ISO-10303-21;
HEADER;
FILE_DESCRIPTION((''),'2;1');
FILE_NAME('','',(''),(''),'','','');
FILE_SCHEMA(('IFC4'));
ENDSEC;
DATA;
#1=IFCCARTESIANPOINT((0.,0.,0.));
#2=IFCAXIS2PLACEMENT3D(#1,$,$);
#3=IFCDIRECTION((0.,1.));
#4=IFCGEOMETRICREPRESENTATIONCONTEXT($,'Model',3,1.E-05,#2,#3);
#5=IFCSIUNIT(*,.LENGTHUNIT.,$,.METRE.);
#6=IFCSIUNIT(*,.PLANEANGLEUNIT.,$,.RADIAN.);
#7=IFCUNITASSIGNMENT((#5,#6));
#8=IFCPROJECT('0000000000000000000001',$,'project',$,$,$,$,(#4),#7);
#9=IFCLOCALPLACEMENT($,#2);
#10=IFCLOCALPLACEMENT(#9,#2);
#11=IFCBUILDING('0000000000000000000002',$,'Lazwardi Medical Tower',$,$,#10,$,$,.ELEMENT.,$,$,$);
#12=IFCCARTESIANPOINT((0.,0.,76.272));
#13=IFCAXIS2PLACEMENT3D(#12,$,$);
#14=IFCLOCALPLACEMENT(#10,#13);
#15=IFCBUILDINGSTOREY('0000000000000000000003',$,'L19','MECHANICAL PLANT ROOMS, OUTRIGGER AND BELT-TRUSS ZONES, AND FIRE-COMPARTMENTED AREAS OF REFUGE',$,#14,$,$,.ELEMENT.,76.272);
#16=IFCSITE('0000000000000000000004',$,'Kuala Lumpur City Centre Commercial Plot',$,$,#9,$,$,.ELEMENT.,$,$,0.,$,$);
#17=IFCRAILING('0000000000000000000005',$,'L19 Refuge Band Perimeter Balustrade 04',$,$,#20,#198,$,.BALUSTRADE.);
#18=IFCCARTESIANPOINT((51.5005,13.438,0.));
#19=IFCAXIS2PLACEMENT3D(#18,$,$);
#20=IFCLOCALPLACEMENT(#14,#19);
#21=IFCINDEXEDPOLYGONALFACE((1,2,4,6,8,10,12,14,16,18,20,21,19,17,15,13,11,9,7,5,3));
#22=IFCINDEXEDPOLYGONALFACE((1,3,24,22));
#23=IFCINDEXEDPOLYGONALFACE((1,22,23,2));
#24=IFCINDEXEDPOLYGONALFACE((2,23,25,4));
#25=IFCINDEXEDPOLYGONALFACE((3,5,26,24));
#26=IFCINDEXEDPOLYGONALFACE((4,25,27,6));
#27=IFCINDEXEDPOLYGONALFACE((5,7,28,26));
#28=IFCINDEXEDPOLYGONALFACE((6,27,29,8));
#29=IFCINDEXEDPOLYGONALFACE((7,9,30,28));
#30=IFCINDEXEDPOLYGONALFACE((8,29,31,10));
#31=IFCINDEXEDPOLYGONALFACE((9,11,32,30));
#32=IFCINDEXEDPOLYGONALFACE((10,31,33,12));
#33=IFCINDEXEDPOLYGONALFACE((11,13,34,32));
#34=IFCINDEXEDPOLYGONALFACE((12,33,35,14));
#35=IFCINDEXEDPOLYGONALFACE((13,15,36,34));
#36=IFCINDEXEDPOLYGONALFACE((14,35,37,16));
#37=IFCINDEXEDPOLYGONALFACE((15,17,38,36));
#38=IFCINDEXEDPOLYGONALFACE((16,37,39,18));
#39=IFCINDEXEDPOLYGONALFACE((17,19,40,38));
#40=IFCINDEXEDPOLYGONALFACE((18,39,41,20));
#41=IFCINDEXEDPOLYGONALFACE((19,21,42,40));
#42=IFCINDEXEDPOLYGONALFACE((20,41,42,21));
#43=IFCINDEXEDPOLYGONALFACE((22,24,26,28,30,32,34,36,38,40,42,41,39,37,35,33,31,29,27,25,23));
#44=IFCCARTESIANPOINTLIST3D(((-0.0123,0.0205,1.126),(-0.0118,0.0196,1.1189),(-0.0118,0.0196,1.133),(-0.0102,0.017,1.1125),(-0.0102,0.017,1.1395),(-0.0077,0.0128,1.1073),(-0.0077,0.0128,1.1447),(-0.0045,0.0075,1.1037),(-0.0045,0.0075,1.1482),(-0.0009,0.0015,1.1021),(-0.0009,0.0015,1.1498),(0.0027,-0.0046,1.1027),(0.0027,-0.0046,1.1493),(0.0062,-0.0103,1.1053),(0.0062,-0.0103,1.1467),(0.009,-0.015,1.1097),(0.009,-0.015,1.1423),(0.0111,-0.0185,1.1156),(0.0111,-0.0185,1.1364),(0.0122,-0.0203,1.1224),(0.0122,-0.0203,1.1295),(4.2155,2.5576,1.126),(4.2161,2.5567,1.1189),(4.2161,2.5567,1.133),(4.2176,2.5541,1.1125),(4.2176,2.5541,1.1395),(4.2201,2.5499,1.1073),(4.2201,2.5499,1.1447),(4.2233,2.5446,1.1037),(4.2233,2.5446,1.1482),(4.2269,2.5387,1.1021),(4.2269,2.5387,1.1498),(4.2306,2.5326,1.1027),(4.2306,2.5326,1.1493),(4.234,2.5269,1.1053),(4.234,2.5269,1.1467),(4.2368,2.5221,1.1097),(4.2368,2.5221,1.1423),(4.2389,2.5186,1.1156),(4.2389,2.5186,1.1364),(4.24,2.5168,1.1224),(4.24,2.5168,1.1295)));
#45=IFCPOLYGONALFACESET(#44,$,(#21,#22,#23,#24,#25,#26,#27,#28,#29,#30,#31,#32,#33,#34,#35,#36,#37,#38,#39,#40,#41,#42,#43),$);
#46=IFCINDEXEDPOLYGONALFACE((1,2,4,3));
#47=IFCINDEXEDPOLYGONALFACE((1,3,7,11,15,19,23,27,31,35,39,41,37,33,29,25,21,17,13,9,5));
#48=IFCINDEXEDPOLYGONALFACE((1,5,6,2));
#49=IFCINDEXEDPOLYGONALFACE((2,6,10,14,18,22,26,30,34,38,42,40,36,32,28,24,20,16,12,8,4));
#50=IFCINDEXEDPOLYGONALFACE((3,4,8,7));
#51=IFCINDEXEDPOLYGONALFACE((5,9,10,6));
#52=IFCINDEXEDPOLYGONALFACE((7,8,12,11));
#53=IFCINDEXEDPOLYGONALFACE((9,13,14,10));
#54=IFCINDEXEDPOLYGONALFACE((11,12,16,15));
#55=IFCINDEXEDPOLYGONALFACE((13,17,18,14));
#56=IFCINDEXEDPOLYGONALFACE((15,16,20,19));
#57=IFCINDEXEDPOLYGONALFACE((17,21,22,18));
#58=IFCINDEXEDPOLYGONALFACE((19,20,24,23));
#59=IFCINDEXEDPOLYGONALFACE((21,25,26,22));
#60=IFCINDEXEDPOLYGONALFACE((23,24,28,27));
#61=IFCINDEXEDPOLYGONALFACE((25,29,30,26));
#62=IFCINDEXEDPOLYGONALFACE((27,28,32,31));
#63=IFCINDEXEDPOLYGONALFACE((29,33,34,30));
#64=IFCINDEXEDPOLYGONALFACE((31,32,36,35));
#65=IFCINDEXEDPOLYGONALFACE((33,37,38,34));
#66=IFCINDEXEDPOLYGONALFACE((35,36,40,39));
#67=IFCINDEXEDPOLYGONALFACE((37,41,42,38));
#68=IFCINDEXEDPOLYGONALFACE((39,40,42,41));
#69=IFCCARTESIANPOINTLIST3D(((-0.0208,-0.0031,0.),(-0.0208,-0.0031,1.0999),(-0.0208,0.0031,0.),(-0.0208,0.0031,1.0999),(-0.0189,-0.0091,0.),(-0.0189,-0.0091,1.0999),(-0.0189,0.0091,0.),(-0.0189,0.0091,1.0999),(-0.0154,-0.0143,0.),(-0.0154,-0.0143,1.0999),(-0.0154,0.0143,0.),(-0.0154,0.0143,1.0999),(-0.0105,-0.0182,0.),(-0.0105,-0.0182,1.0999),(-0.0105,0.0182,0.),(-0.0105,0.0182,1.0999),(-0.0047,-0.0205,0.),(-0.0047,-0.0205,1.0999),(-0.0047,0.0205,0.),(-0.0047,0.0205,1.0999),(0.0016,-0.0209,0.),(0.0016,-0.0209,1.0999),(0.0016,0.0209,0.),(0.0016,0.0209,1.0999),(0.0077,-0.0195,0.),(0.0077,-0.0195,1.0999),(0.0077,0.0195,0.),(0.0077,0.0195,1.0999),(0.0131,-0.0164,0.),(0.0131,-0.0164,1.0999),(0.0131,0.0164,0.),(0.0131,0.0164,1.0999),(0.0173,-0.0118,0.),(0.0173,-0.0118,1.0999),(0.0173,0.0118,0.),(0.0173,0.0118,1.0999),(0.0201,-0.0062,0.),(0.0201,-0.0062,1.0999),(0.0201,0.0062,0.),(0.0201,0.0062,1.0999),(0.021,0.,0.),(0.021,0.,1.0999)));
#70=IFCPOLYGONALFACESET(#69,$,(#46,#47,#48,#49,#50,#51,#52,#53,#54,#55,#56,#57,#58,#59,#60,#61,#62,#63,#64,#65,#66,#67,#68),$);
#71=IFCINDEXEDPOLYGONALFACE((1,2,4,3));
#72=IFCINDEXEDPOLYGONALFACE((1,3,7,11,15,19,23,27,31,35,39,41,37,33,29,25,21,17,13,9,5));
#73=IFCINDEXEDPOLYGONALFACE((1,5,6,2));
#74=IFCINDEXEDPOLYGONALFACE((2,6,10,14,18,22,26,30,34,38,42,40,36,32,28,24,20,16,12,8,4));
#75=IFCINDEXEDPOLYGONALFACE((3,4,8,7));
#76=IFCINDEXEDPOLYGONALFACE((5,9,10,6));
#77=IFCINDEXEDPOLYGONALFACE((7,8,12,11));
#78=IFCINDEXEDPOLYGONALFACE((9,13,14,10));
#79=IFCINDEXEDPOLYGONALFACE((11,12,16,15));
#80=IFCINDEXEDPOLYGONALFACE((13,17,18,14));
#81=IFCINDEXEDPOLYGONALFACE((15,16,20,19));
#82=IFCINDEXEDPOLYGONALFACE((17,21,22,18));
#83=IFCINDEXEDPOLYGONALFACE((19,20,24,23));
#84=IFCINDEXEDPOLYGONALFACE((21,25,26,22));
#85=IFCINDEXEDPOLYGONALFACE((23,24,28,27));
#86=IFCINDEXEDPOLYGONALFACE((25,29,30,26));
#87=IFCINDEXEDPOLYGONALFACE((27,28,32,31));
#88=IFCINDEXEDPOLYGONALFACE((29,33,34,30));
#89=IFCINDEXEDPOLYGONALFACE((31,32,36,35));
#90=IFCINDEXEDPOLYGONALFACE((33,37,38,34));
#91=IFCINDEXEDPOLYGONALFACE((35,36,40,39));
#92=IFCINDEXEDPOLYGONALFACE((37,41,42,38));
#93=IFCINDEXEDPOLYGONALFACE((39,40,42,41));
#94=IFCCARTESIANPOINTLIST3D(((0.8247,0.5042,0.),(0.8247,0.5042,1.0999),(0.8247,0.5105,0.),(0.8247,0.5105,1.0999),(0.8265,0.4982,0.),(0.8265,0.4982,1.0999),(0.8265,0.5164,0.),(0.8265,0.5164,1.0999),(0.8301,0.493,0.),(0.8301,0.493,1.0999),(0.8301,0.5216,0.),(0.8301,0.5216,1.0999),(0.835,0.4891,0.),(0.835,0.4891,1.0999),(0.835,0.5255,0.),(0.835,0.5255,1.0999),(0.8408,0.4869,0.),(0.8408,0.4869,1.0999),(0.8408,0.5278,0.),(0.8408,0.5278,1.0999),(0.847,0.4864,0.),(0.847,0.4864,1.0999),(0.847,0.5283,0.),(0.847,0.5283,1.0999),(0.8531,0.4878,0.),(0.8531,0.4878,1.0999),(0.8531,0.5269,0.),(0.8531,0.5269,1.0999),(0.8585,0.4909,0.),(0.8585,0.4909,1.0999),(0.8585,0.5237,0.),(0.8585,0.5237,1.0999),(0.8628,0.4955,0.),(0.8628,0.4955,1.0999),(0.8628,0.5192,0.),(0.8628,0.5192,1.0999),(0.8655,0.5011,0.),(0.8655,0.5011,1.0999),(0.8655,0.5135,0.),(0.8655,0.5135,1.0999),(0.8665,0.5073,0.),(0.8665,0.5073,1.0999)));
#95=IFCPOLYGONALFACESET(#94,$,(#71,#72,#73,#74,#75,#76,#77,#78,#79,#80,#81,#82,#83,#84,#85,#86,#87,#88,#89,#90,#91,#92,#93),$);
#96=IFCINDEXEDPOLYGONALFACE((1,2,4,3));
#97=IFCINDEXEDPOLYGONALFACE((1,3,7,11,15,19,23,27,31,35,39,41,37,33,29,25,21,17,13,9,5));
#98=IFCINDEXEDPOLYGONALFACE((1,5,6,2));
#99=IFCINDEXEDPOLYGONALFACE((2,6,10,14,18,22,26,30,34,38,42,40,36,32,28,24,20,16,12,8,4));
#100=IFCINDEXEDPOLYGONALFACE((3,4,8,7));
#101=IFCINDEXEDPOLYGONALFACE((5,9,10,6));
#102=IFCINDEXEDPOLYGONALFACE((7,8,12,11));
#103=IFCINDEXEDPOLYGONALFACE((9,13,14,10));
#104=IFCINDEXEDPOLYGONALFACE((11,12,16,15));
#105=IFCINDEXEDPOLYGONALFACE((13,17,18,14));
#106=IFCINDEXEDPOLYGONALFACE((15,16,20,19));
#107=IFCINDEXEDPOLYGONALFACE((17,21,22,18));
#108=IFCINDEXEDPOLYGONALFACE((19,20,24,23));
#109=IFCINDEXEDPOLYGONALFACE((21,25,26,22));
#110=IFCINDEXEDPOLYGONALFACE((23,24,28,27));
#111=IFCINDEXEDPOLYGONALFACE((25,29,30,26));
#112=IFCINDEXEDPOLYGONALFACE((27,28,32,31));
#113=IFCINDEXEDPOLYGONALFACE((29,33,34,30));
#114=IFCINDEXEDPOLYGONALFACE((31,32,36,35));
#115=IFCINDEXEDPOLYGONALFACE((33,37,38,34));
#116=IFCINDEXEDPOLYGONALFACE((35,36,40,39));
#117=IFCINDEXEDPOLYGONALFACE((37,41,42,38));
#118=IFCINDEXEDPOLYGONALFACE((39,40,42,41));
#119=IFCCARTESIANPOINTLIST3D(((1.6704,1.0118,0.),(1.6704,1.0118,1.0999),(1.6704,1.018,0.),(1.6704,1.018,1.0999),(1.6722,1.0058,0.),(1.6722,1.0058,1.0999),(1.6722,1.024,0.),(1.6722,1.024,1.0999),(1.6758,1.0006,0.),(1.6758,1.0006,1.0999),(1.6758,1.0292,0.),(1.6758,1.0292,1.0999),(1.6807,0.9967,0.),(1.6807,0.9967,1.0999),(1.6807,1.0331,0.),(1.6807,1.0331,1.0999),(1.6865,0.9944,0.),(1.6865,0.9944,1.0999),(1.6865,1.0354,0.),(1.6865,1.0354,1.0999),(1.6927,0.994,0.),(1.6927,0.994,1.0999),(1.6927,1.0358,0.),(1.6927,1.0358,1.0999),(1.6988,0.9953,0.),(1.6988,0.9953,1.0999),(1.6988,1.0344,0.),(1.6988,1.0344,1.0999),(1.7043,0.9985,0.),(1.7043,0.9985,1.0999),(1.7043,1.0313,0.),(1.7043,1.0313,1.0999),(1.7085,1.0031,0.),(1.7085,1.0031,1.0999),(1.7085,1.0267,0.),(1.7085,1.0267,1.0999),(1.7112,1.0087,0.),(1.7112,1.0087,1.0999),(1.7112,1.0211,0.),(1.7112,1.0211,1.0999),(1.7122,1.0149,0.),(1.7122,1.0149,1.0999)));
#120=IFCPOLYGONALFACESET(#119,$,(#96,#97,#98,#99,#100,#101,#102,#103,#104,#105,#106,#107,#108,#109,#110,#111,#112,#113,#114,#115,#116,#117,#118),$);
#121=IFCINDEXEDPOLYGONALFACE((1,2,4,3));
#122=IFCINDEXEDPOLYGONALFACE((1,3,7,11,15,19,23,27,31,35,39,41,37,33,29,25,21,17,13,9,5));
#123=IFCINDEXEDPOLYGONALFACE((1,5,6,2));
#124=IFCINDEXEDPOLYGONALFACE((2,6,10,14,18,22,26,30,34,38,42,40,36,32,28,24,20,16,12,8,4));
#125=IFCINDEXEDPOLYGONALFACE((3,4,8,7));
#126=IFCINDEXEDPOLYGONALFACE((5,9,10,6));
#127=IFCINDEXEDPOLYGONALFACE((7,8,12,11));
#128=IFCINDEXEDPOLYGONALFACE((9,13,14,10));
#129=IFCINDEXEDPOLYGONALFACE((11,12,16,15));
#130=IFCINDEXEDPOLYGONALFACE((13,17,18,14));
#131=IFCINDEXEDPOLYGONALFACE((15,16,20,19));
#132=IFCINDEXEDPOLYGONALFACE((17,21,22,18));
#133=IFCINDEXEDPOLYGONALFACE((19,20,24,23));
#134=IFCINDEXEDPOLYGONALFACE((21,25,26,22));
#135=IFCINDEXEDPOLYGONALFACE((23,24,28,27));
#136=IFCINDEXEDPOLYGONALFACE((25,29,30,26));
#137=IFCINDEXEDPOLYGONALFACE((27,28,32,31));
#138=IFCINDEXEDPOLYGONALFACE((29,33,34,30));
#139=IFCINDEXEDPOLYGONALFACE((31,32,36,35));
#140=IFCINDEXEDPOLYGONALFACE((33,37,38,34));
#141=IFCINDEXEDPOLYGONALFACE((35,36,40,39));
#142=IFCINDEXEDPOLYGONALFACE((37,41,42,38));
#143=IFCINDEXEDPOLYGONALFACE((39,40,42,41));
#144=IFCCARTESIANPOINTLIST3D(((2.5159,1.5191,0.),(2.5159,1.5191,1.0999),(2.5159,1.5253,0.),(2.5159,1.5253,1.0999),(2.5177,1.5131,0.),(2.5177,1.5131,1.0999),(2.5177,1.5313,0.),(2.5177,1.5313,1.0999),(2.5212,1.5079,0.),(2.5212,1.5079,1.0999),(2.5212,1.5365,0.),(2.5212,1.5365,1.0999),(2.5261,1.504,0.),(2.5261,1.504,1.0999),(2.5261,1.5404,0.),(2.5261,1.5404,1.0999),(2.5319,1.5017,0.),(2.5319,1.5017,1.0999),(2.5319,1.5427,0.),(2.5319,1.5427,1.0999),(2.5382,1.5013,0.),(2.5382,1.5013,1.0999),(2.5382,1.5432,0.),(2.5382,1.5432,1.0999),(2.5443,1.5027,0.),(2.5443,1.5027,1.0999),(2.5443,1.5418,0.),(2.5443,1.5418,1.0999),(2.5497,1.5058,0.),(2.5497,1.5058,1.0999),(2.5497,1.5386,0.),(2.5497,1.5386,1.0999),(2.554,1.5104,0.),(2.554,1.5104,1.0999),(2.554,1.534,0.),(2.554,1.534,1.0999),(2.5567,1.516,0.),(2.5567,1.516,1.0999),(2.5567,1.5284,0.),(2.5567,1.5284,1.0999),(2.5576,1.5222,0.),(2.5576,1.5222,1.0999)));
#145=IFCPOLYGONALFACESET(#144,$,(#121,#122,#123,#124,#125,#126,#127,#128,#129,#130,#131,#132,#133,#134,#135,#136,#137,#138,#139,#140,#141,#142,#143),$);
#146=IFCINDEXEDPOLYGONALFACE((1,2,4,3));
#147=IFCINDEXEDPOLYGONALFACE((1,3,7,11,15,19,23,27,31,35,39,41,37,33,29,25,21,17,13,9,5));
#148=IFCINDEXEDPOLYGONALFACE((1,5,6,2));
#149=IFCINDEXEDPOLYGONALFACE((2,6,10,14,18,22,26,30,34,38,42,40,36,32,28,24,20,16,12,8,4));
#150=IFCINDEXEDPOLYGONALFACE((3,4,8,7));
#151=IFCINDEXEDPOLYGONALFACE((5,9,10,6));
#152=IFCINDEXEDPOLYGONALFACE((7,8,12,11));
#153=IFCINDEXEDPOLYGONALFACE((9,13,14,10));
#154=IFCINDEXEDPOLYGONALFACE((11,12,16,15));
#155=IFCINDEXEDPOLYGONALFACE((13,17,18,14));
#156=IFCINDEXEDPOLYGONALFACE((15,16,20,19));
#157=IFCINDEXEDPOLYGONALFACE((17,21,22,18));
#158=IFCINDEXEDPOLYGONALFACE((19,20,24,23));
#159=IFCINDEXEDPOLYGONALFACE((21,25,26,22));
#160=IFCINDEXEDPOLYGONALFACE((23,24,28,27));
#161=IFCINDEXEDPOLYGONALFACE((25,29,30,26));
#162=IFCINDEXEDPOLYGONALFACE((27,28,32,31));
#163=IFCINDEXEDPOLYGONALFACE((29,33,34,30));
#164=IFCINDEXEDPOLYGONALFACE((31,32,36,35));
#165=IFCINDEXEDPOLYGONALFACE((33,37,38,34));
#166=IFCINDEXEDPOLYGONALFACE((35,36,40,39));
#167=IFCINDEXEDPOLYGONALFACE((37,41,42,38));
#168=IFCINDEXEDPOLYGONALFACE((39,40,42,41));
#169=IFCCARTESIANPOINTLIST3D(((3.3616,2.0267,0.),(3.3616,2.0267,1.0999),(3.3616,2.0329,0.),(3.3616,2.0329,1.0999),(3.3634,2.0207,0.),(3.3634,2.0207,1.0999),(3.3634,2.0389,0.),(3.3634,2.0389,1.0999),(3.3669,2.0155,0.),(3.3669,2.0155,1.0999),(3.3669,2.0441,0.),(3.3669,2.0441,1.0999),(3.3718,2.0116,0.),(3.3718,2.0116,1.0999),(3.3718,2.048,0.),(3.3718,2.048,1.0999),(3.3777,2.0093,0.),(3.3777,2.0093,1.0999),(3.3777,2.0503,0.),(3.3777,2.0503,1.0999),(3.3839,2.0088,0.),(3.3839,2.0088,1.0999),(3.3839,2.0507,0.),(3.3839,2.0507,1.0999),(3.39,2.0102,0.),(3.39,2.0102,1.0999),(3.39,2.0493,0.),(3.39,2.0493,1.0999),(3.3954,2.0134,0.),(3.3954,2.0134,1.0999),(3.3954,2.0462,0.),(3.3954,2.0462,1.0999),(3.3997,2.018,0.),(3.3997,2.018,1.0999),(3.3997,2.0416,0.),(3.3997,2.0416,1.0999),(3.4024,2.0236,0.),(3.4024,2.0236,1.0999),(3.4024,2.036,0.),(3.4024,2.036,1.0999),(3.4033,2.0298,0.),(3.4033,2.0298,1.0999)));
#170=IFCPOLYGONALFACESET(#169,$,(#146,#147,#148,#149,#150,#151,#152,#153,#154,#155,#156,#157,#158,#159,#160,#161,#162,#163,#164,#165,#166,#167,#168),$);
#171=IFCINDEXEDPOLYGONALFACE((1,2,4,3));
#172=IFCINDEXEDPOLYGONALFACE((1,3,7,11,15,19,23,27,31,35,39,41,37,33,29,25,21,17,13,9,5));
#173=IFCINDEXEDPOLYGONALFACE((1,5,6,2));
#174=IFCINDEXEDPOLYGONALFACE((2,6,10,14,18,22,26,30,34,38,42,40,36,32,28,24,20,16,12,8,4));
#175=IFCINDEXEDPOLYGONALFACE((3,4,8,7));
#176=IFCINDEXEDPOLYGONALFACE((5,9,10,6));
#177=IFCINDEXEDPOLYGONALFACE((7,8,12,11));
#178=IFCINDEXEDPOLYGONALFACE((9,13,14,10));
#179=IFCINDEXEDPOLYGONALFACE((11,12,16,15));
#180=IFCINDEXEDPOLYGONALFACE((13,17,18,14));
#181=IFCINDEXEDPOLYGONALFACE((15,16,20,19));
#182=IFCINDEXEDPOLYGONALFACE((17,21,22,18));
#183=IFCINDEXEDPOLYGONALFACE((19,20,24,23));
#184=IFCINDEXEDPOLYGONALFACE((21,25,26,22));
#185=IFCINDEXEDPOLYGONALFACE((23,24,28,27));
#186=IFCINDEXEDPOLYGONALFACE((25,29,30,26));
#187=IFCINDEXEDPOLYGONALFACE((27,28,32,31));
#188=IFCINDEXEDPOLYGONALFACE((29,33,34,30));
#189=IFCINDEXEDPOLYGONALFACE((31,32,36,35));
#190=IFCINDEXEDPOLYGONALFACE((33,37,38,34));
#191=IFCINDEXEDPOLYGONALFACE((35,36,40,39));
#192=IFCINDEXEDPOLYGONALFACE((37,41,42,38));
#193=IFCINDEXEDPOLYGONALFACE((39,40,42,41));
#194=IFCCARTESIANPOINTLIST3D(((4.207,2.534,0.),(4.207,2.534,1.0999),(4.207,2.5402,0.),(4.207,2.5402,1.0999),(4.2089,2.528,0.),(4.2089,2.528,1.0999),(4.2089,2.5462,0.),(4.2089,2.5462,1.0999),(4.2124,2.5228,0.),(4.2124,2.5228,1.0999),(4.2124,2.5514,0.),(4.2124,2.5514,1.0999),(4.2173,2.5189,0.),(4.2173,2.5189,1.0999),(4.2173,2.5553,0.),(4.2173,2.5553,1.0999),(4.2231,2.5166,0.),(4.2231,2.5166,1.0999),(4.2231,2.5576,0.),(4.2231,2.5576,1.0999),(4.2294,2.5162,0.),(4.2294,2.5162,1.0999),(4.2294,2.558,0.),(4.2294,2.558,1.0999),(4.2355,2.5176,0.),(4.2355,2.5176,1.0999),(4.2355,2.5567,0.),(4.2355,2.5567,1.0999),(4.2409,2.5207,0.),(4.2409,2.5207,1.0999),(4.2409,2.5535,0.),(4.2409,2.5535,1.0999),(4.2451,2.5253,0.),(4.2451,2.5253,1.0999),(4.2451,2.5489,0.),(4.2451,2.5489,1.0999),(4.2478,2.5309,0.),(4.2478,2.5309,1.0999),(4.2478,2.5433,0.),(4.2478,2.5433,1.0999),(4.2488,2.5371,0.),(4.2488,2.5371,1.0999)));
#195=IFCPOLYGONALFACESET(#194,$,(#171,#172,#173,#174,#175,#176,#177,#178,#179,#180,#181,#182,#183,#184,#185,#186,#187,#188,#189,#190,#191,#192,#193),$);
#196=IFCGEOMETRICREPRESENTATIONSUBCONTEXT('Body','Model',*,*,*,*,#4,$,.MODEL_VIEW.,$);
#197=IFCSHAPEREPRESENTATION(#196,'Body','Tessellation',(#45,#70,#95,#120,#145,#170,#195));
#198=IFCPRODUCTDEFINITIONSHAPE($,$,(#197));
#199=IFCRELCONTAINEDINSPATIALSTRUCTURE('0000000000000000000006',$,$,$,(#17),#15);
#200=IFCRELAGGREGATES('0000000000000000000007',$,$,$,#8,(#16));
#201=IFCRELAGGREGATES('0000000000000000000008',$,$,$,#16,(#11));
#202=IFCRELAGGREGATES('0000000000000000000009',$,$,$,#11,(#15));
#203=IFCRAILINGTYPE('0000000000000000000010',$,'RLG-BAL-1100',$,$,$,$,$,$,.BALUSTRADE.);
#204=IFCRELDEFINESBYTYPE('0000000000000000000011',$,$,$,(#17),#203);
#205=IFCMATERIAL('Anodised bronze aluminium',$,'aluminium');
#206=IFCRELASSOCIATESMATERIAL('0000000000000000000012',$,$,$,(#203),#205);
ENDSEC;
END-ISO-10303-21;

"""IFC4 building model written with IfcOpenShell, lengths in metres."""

from ifc_helpers import new_model, si_unit, direction, frame, origin, origin_2d, place, context, subcontext, project, spatial, circle, extrude, material, type_object, element, save


model = new_model("IFC4")

# Units and contexts
model_context = context("Model", 3, precision=1e-05, world=origin(), true_north=direction((0.0, 1.0)))
body_context = subcontext(model_context, "Body", "Model", "MODEL_VIEW")
ifc_project = project(units=[si_unit("LENGTHUNIT", "METRE"), si_unit("PLANEANGLEUNIT", "RADIAN")], contexts=[model_context])

# Site, building, storey
site_placement = place(None, origin())
site = spatial("IfcSite", under=ifc_project, at=site_placement, Name="Kuala Lumpur City Centre Commercial Plot", CompositionType="ELEMENT", RefElevation=0.0)
building_placement = place(site_placement, origin())
building = spatial("IfcBuilding", under=site, at=building_placement, Name="Lazwardi Medical Tower", CompositionType="ELEMENT")
storey_placement = place(building_placement, frame((0.0, 0.0, 76.272)))
storey = spatial("IfcBuildingStorey", under=building, at=storey_placement, Name="L19", Description="MECHANICAL PLANT ROOMS, OUTRIGGER AND BELT-TRUSS ZONES, AND FIRE-COMPARTMENTED AREAS OF REFUGE", CompositionType="ELEMENT", Elevation=76.272)

# Railing
ifc_material_1 = material(Name="Anodised bronze aluminium", Category="aluminium")
railing_type = type_object("IfcRailingType", Name="RLG-BAL-1100", PredefinedType="BALUSTRADE", material=ifc_material_1)
railing_1_placement = place(storey_placement, frame((51.5005, 13.438, 0.0)))
element("IfcRailing", 1, at=railing_1_placement, inside=storey, type_object=railing_type, Name="L19 Refuge Band Perimeter Balustrade 04", PredefinedType="BALUSTRADE", context=body_context, shape_type="SweptSolid", body=[
    extrude(circle(Radius=0.0239, at=origin_2d()), frame((0.0, 0.0, 1.126), z_axis=(0.857454, 0.514561, 0.0), x_axis=(-0.514561, 0.857454, 0.0)), (0.0, 0.0, 1.0), 4.9307),
    extrude(circle(Radius=0.021, at=origin_2d()), origin(), (0.0, 0.0, 1.0), 1.0999),
    extrude(circle(Radius=0.021, at=origin_2d()), frame((0.8455, 0.5073, 0.0)), (0.0, 0.0, 1.0), 1.0999),
    extrude(circle(Radius=0.021, at=origin_2d()), frame((1.6912, 1.0149, 0.0)), (0.0, 0.0, 1.0), 1.0999),
    extrude(circle(Radius=0.021, at=origin_2d()), frame((2.5366, 1.5222, 0.0)), (0.0, 0.0, 1.0), 1.0999),
    extrude(circle(Radius=0.021, at=origin_2d()), frame((3.3823, 2.0298, 0.0)), (0.0, 0.0, 1.0), 1.0999),
    extrude(circle(Radius=0.021, at=origin_2d()), frame((4.2278, 2.5371, 0.0)), (0.0, 0.0, 1.0), 1.0999),
])

save(model, "model.ifc")
